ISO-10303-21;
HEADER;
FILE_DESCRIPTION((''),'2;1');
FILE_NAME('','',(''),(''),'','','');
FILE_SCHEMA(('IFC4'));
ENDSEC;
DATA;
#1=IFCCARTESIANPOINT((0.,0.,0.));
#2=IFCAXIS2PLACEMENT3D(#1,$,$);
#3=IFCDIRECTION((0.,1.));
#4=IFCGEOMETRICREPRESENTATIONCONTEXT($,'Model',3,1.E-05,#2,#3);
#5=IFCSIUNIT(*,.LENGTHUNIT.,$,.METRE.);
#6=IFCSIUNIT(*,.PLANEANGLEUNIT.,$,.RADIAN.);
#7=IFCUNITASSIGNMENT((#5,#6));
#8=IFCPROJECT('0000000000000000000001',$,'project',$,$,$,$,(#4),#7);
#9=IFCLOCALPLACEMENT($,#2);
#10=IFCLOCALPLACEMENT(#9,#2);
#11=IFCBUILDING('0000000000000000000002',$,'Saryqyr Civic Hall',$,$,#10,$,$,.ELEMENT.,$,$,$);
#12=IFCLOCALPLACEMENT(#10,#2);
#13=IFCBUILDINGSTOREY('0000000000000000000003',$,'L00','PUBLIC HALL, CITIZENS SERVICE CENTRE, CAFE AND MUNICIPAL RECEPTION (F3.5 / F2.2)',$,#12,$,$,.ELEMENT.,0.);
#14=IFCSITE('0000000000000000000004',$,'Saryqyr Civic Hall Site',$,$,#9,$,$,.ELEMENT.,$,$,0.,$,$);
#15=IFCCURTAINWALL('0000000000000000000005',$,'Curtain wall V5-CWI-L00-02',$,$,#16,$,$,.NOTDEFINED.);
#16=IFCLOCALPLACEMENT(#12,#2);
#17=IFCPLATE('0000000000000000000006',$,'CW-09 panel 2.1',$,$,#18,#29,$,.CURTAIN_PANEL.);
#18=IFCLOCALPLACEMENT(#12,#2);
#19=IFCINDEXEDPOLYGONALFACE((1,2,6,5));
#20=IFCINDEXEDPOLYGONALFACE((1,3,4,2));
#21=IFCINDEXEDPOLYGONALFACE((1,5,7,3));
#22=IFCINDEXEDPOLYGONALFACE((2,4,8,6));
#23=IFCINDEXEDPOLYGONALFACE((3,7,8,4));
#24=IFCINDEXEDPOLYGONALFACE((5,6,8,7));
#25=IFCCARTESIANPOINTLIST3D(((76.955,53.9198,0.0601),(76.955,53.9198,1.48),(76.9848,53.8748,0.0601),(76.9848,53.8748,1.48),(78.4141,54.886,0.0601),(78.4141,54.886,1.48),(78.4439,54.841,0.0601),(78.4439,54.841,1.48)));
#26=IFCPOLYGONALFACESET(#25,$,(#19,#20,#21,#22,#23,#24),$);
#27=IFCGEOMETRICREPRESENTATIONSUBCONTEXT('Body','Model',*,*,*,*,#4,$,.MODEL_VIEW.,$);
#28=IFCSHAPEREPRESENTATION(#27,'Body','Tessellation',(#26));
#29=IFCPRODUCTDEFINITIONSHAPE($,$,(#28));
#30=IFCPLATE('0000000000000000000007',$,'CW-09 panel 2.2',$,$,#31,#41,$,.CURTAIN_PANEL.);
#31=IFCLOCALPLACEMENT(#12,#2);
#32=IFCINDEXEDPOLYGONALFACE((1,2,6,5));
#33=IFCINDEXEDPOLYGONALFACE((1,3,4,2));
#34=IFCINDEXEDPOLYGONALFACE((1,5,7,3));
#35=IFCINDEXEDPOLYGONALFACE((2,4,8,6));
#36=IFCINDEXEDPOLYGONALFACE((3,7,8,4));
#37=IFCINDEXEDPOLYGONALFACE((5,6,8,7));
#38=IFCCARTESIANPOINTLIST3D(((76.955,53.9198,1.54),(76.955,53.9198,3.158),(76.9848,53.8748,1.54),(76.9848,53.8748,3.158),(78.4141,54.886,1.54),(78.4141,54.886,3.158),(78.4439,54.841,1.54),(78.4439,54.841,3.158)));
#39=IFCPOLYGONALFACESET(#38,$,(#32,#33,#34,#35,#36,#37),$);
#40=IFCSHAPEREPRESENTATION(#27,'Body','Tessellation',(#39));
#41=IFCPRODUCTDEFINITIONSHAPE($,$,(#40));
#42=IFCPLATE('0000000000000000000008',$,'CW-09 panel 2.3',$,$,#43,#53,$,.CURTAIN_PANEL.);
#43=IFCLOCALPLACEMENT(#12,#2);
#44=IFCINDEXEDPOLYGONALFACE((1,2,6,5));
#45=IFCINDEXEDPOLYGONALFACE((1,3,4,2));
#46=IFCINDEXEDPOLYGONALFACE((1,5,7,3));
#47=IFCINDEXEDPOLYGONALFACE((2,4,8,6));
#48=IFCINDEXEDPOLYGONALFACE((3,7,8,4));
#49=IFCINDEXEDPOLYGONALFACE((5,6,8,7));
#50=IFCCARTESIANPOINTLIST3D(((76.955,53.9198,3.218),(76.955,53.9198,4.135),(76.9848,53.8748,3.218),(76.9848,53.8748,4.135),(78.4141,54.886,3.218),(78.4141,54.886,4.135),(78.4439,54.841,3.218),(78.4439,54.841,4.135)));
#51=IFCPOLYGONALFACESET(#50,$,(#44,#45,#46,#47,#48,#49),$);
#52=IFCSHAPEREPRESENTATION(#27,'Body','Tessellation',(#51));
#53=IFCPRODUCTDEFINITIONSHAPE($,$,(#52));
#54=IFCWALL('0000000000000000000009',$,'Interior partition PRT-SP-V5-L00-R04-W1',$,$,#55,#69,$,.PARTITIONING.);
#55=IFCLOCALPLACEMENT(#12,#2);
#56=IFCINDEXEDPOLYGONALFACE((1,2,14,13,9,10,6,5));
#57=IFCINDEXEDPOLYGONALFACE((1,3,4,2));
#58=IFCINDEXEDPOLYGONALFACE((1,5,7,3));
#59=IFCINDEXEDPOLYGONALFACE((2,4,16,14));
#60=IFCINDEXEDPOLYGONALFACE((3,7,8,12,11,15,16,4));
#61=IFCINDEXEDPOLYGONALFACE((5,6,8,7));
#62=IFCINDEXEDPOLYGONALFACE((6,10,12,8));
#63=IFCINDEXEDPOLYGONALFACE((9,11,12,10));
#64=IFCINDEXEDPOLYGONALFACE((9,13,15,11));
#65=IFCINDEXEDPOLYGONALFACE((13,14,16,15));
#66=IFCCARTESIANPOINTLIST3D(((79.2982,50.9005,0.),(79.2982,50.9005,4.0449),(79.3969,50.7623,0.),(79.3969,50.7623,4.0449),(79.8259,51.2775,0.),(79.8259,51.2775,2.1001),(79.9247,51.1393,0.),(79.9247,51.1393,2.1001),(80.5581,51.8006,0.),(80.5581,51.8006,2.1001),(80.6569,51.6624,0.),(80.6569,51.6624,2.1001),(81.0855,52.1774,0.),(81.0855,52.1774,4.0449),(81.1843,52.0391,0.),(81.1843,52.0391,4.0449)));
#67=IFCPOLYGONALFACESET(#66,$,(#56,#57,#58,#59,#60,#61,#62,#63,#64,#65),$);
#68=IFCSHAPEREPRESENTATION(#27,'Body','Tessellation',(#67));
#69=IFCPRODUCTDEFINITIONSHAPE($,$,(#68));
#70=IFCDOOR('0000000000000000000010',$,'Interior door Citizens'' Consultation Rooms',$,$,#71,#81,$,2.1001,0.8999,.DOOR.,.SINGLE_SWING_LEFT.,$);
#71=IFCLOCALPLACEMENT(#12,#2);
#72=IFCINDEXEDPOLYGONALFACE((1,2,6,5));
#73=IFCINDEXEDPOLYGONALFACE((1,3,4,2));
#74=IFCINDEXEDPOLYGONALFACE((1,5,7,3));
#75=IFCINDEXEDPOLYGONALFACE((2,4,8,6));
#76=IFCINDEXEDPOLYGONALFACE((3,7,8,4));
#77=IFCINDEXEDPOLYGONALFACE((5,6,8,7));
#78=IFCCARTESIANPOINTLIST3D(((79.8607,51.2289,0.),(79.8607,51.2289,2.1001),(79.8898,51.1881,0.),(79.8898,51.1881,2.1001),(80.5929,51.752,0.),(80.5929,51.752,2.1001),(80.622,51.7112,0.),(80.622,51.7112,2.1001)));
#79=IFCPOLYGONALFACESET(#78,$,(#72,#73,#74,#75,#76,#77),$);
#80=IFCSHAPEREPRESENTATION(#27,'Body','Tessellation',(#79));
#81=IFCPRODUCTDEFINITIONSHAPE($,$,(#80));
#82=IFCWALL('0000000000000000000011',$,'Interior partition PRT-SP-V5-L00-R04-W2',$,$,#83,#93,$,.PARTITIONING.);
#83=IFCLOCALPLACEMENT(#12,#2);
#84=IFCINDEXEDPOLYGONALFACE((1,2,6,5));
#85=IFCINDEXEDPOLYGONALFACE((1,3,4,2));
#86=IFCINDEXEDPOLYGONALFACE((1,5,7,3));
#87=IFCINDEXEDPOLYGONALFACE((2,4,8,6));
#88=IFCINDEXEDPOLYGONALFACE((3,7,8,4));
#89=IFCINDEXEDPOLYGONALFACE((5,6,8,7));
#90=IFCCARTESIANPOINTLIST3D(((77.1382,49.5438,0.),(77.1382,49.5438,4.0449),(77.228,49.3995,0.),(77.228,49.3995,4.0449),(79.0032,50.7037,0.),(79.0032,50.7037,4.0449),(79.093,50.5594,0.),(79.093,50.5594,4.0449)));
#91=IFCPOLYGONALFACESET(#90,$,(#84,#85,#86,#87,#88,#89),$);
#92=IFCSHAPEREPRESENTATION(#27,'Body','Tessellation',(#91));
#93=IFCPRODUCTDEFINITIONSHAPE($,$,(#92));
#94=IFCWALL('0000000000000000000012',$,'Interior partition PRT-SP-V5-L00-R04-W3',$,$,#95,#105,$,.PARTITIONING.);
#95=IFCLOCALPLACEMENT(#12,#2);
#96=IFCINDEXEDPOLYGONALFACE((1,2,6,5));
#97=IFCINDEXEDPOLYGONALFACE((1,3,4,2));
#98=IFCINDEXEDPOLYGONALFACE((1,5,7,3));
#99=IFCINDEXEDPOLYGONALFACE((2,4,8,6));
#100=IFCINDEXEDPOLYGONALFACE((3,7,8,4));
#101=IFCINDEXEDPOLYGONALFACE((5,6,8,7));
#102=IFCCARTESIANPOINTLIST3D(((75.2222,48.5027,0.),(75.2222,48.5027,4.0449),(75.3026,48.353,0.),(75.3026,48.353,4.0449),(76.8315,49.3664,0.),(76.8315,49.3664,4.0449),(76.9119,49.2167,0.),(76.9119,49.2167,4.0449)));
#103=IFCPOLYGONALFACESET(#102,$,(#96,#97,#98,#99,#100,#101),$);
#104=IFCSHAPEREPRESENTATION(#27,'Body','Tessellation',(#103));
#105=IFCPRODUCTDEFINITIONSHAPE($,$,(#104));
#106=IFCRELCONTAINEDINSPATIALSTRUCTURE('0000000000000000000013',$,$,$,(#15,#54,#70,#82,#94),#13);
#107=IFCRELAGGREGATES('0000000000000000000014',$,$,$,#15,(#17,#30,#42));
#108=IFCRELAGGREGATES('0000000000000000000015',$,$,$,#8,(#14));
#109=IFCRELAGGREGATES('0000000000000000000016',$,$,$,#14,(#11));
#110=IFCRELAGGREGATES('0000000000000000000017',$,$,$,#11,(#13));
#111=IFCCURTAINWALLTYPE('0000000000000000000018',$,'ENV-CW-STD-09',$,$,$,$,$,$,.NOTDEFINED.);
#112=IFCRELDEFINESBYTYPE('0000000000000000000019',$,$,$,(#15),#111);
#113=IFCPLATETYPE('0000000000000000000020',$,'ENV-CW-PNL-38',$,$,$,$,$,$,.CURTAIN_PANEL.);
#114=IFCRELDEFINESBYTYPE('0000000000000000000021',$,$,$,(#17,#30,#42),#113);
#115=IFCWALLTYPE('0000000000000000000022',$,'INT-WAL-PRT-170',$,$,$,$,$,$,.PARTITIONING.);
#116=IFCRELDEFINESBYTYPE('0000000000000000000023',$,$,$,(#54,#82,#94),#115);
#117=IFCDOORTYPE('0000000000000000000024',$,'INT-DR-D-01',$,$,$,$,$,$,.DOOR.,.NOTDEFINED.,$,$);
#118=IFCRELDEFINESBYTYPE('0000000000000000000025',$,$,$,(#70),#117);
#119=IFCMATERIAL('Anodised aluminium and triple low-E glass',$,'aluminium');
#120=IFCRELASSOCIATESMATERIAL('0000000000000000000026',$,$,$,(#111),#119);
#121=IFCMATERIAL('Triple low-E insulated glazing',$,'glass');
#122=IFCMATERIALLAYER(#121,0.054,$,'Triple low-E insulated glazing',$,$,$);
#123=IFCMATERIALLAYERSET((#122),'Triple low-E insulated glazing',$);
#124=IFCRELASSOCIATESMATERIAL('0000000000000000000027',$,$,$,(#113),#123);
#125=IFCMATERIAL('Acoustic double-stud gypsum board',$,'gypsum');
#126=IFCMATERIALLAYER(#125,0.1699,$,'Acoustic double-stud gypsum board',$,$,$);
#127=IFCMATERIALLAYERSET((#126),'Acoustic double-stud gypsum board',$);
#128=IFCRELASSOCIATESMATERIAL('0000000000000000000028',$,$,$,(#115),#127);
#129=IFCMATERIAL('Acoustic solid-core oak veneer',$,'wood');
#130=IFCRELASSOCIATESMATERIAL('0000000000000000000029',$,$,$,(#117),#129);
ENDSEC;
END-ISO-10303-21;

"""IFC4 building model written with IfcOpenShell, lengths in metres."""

from ifc_helpers import new_model, si_unit, direction, frame, frame_2d, origin, origin_2d, place, context, subcontext, project, spatial, rectangle, extrude, material, layer, layer_set, type_object, element, fill, aggregate, save


model = new_model("IFC4")

# Units and contexts
model_context = context("Model", 3, precision=1e-05, world=origin(), true_north=direction((0.0, 1.0)))
body_context = subcontext(model_context, "Body", "Model", "MODEL_VIEW")
ifc_project = project(units=[si_unit("LENGTHUNIT", "METRE"), si_unit("PLANEANGLEUNIT", "RADIAN")], contexts=[model_context])

# Site, building, storey
site_placement = place(None, origin())
site = spatial("IfcSite", under=ifc_project, at=site_placement, Name="Saryqyr Civic Hall Site", CompositionType="ELEMENT", RefElevation=0.0)
building_placement = place(site_placement, origin())
building = spatial("IfcBuilding", under=site, at=building_placement, Name="Saryqyr Civic Hall", CompositionType="ELEMENT")
storey_placement = place(building_placement, origin())
storey = spatial("IfcBuildingStorey", under=building, at=storey_placement, Name="L00", Description="PUBLIC HALL, CITIZENS SERVICE CENTRE, CAFE AND MUNICIPAL RECEPTION (F3.5 / F2.2)", CompositionType="ELEMENT", Elevation=0.0)

# Curtain wall
ifc_material_1 = material(Name="Anodised aluminium and triple low-E glass", Category="aluminium")
curtain_wall_type = type_object("IfcCurtainWallType", Name="ENV-CW-STD-09", PredefinedType="NOTDEFINED", material=ifc_material_1)
curtain_wall_placement = place(storey_placement, origin())
curtain_wall = element("IfcCurtainWall", 1, at=curtain_wall_placement, inside=storey, type_object=curtain_wall_type, Name="Curtain wall V5-CWI-L00-02", PredefinedType="NOTDEFINED")

# Plates
ifc_material_2 = material(Name="Triple low-E insulated glazing", Category="glass")
ifc_layer_1 = layer(ifc_material_2, 0.054, Name="Triple low-E insulated glazing")
ifc_layer_set_1 = layer_set([ifc_layer_1], Name="Triple low-E insulated glazing")
plate_type = type_object("IfcPlateType", Name="ENV-CW-PNL-38", PredefinedType="CURTAIN_PANEL", material=ifc_layer_set_1)
plate_1_placement = place(storey_placement, frame((77.6995, 54.3804, 0.0601), z_axis=(0.0, 0.0, 1.0), x_axis=(0.833765, 0.55212, 0.0)))
plate_1 = element("IfcPlate", 2, at=plate_1_placement, type_object=plate_type, Name="CW-09 panel 2.1", PredefinedType="CURTAIN_PANEL", context=body_context, shape_type="SweptSolid", body=[
    extrude(rectangle(XDim=1.75, YDim=0.054, at=origin_2d()), origin(), (0.0, 0.0, 1.0), 1.4199),
])
plate_2_placement = place(storey_placement, frame((77.6995, 54.3804, 1.54), z_axis=(0.0, 0.0, 1.0), x_axis=(0.833765, 0.55212, 0.0)))
plate_2 = element("IfcPlate", 3, at=plate_2_placement, type_object=plate_type, Name="CW-09 panel 2.2", PredefinedType="CURTAIN_PANEL", context=body_context, shape_type="SweptSolid", body=[
    extrude(rectangle(XDim=1.75, YDim=0.054, at=origin_2d()), origin(), (0.0, 0.0, 1.0), 1.6179),
])
plate_3_placement = place(storey_placement, frame((77.6995, 54.3804, 3.218), z_axis=(0.0, 0.0, 1.0), x_axis=(0.833765, 0.55212, 0.0)))
plate_3 = element("IfcPlate", 4, at=plate_3_placement, type_object=plate_type, Name="CW-09 panel 2.3", PredefinedType="CURTAIN_PANEL", context=body_context, shape_type="SweptSolid", body=[
    extrude(rectangle(XDim=1.75, YDim=0.054, at=origin_2d()), origin(), (0.0, 0.0, 1.0), 0.917),
])
aggregate(curtain_wall, [plate_1, plate_2, plate_3])

# Wall, opening, door
ifc_material_3 = material(Name="Acoustic double-stud gypsum board", Category="gypsum")
ifc_layer_2 = layer(ifc_material_3, 0.1699, Name="Acoustic double-stud gypsum board")
ifc_layer_set_2 = layer_set([ifc_layer_2], Name="Acoustic double-stud gypsum board")
wall_type = type_object("IfcWallType", Name="INT-WAL-PRT-170", PredefinedType="PARTITIONING", material=ifc_layer_set_2)
wall_1_placement = place(storey_placement, frame((81.1348, 52.1082, 0.0), z_axis=(0.0, 0.0, 1.0), x_axis=(-0.813696, -0.581291, 0.0)))
wall_1 = element("IfcWall", 5, at=wall_1_placement, inside=storey, type_object=wall_type, Name="Interior partition PRT-SP-V5-L00-R04-W1", PredefinedType="PARTITIONING", context=body_context, shape_type="SweptSolid", body=[
    extrude(rectangle(XDim=2.1965, YDim=0.1699, at=frame_2d((1.0981, 0.0))), origin(), (0.0, 0.0, 1.0), 4.0449),
])
opening_placement = place(wall_1_placement, frame((0.6479, 0.0, 0.0)))
opening = element("IfcOpeningElement", 6, at=opening_placement, cuts=wall_1, PredefinedType="OPENING", context=body_context, shape_type="SweptSolid", body=[
    extrude(rectangle(XDim=0.8999, YDim=2.1001, at=frame_2d((0.45, 1.05))), frame((0.0, 0.095, 0.0), z_axis=(0.0, -1.0, 0.0), x_axis=(1.0, 0.0, 0.0)), (0.0, 0.0, 1.0), 0.1899),
])
ifc_material_4 = material(Name="Acoustic solid-core oak veneer", Category="wood")
door_type = type_object("IfcDoorType", Name="INT-DR-D-01", OperationType="NOTDEFINED", PredefinedType="DOOR", material=ifc_material_4)
door_placement = place(opening_placement, origin())
door = element("IfcDoor", 7, at=door_placement, inside=storey, type_object=door_type, Name="Interior door Citizens' Consultation Rooms", OperationType="SINGLE_SWING_LEFT", OverallHeight=2.1001, OverallWidth=0.8999, PredefinedType="DOOR", context=body_context, shape_type="SweptSolid", body=[
    extrude(rectangle(XDim=0.8999, YDim=2.1001, at=frame_2d((0.45, 1.05))), frame((0.0, 0.0249, 0.0), z_axis=(0.0, -1.0, 0.0), x_axis=(1.0, 0.0, 0.0)), (0.0, 0.0, 1.0), 0.05),
])
fill(opening, door)

# Walls
wall_2_placement = place(storey_placement, frame((79.0481, 50.6316, 0.0), z_axis=(0.0, 0.0, 1.0), x_axis=(-0.849164, -0.528129, 0.0)))
element("IfcWall", 8, at=wall_2_placement, inside=storey, type_object=wall_type, Name="Interior partition PRT-SP-V5-L00-R04-W2", PredefinedType="PARTITIONING", context=body_context, shape_type="SweptSolid", body=[
    extrude(rectangle(XDim=2.1963, YDim=0.1699, at=frame_2d((1.0981, 0.0))), origin(), (0.0, 0.0, 1.0), 4.0449),
])
wall_3_placement = place(storey_placement, frame((76.8716, 49.2915, 0.0), z_axis=(0.0, 0.0, 1.0), x_axis=(-0.881114, -0.472904, 0.0)))
element("IfcWall", 9, at=wall_3_placement, inside=storey, type_object=wall_type, Name="Interior partition PRT-SP-V5-L00-R04-W3", PredefinedType="PARTITIONING", context=body_context, shape_type="SweptSolid", body=[
    extrude(rectangle(XDim=1.8264, YDim=0.1699, at=frame_2d((0.9131, 0.0))), origin(), (0.0, 0.0, 1.0), 4.0449),
])

save(model, "model.ifc")
